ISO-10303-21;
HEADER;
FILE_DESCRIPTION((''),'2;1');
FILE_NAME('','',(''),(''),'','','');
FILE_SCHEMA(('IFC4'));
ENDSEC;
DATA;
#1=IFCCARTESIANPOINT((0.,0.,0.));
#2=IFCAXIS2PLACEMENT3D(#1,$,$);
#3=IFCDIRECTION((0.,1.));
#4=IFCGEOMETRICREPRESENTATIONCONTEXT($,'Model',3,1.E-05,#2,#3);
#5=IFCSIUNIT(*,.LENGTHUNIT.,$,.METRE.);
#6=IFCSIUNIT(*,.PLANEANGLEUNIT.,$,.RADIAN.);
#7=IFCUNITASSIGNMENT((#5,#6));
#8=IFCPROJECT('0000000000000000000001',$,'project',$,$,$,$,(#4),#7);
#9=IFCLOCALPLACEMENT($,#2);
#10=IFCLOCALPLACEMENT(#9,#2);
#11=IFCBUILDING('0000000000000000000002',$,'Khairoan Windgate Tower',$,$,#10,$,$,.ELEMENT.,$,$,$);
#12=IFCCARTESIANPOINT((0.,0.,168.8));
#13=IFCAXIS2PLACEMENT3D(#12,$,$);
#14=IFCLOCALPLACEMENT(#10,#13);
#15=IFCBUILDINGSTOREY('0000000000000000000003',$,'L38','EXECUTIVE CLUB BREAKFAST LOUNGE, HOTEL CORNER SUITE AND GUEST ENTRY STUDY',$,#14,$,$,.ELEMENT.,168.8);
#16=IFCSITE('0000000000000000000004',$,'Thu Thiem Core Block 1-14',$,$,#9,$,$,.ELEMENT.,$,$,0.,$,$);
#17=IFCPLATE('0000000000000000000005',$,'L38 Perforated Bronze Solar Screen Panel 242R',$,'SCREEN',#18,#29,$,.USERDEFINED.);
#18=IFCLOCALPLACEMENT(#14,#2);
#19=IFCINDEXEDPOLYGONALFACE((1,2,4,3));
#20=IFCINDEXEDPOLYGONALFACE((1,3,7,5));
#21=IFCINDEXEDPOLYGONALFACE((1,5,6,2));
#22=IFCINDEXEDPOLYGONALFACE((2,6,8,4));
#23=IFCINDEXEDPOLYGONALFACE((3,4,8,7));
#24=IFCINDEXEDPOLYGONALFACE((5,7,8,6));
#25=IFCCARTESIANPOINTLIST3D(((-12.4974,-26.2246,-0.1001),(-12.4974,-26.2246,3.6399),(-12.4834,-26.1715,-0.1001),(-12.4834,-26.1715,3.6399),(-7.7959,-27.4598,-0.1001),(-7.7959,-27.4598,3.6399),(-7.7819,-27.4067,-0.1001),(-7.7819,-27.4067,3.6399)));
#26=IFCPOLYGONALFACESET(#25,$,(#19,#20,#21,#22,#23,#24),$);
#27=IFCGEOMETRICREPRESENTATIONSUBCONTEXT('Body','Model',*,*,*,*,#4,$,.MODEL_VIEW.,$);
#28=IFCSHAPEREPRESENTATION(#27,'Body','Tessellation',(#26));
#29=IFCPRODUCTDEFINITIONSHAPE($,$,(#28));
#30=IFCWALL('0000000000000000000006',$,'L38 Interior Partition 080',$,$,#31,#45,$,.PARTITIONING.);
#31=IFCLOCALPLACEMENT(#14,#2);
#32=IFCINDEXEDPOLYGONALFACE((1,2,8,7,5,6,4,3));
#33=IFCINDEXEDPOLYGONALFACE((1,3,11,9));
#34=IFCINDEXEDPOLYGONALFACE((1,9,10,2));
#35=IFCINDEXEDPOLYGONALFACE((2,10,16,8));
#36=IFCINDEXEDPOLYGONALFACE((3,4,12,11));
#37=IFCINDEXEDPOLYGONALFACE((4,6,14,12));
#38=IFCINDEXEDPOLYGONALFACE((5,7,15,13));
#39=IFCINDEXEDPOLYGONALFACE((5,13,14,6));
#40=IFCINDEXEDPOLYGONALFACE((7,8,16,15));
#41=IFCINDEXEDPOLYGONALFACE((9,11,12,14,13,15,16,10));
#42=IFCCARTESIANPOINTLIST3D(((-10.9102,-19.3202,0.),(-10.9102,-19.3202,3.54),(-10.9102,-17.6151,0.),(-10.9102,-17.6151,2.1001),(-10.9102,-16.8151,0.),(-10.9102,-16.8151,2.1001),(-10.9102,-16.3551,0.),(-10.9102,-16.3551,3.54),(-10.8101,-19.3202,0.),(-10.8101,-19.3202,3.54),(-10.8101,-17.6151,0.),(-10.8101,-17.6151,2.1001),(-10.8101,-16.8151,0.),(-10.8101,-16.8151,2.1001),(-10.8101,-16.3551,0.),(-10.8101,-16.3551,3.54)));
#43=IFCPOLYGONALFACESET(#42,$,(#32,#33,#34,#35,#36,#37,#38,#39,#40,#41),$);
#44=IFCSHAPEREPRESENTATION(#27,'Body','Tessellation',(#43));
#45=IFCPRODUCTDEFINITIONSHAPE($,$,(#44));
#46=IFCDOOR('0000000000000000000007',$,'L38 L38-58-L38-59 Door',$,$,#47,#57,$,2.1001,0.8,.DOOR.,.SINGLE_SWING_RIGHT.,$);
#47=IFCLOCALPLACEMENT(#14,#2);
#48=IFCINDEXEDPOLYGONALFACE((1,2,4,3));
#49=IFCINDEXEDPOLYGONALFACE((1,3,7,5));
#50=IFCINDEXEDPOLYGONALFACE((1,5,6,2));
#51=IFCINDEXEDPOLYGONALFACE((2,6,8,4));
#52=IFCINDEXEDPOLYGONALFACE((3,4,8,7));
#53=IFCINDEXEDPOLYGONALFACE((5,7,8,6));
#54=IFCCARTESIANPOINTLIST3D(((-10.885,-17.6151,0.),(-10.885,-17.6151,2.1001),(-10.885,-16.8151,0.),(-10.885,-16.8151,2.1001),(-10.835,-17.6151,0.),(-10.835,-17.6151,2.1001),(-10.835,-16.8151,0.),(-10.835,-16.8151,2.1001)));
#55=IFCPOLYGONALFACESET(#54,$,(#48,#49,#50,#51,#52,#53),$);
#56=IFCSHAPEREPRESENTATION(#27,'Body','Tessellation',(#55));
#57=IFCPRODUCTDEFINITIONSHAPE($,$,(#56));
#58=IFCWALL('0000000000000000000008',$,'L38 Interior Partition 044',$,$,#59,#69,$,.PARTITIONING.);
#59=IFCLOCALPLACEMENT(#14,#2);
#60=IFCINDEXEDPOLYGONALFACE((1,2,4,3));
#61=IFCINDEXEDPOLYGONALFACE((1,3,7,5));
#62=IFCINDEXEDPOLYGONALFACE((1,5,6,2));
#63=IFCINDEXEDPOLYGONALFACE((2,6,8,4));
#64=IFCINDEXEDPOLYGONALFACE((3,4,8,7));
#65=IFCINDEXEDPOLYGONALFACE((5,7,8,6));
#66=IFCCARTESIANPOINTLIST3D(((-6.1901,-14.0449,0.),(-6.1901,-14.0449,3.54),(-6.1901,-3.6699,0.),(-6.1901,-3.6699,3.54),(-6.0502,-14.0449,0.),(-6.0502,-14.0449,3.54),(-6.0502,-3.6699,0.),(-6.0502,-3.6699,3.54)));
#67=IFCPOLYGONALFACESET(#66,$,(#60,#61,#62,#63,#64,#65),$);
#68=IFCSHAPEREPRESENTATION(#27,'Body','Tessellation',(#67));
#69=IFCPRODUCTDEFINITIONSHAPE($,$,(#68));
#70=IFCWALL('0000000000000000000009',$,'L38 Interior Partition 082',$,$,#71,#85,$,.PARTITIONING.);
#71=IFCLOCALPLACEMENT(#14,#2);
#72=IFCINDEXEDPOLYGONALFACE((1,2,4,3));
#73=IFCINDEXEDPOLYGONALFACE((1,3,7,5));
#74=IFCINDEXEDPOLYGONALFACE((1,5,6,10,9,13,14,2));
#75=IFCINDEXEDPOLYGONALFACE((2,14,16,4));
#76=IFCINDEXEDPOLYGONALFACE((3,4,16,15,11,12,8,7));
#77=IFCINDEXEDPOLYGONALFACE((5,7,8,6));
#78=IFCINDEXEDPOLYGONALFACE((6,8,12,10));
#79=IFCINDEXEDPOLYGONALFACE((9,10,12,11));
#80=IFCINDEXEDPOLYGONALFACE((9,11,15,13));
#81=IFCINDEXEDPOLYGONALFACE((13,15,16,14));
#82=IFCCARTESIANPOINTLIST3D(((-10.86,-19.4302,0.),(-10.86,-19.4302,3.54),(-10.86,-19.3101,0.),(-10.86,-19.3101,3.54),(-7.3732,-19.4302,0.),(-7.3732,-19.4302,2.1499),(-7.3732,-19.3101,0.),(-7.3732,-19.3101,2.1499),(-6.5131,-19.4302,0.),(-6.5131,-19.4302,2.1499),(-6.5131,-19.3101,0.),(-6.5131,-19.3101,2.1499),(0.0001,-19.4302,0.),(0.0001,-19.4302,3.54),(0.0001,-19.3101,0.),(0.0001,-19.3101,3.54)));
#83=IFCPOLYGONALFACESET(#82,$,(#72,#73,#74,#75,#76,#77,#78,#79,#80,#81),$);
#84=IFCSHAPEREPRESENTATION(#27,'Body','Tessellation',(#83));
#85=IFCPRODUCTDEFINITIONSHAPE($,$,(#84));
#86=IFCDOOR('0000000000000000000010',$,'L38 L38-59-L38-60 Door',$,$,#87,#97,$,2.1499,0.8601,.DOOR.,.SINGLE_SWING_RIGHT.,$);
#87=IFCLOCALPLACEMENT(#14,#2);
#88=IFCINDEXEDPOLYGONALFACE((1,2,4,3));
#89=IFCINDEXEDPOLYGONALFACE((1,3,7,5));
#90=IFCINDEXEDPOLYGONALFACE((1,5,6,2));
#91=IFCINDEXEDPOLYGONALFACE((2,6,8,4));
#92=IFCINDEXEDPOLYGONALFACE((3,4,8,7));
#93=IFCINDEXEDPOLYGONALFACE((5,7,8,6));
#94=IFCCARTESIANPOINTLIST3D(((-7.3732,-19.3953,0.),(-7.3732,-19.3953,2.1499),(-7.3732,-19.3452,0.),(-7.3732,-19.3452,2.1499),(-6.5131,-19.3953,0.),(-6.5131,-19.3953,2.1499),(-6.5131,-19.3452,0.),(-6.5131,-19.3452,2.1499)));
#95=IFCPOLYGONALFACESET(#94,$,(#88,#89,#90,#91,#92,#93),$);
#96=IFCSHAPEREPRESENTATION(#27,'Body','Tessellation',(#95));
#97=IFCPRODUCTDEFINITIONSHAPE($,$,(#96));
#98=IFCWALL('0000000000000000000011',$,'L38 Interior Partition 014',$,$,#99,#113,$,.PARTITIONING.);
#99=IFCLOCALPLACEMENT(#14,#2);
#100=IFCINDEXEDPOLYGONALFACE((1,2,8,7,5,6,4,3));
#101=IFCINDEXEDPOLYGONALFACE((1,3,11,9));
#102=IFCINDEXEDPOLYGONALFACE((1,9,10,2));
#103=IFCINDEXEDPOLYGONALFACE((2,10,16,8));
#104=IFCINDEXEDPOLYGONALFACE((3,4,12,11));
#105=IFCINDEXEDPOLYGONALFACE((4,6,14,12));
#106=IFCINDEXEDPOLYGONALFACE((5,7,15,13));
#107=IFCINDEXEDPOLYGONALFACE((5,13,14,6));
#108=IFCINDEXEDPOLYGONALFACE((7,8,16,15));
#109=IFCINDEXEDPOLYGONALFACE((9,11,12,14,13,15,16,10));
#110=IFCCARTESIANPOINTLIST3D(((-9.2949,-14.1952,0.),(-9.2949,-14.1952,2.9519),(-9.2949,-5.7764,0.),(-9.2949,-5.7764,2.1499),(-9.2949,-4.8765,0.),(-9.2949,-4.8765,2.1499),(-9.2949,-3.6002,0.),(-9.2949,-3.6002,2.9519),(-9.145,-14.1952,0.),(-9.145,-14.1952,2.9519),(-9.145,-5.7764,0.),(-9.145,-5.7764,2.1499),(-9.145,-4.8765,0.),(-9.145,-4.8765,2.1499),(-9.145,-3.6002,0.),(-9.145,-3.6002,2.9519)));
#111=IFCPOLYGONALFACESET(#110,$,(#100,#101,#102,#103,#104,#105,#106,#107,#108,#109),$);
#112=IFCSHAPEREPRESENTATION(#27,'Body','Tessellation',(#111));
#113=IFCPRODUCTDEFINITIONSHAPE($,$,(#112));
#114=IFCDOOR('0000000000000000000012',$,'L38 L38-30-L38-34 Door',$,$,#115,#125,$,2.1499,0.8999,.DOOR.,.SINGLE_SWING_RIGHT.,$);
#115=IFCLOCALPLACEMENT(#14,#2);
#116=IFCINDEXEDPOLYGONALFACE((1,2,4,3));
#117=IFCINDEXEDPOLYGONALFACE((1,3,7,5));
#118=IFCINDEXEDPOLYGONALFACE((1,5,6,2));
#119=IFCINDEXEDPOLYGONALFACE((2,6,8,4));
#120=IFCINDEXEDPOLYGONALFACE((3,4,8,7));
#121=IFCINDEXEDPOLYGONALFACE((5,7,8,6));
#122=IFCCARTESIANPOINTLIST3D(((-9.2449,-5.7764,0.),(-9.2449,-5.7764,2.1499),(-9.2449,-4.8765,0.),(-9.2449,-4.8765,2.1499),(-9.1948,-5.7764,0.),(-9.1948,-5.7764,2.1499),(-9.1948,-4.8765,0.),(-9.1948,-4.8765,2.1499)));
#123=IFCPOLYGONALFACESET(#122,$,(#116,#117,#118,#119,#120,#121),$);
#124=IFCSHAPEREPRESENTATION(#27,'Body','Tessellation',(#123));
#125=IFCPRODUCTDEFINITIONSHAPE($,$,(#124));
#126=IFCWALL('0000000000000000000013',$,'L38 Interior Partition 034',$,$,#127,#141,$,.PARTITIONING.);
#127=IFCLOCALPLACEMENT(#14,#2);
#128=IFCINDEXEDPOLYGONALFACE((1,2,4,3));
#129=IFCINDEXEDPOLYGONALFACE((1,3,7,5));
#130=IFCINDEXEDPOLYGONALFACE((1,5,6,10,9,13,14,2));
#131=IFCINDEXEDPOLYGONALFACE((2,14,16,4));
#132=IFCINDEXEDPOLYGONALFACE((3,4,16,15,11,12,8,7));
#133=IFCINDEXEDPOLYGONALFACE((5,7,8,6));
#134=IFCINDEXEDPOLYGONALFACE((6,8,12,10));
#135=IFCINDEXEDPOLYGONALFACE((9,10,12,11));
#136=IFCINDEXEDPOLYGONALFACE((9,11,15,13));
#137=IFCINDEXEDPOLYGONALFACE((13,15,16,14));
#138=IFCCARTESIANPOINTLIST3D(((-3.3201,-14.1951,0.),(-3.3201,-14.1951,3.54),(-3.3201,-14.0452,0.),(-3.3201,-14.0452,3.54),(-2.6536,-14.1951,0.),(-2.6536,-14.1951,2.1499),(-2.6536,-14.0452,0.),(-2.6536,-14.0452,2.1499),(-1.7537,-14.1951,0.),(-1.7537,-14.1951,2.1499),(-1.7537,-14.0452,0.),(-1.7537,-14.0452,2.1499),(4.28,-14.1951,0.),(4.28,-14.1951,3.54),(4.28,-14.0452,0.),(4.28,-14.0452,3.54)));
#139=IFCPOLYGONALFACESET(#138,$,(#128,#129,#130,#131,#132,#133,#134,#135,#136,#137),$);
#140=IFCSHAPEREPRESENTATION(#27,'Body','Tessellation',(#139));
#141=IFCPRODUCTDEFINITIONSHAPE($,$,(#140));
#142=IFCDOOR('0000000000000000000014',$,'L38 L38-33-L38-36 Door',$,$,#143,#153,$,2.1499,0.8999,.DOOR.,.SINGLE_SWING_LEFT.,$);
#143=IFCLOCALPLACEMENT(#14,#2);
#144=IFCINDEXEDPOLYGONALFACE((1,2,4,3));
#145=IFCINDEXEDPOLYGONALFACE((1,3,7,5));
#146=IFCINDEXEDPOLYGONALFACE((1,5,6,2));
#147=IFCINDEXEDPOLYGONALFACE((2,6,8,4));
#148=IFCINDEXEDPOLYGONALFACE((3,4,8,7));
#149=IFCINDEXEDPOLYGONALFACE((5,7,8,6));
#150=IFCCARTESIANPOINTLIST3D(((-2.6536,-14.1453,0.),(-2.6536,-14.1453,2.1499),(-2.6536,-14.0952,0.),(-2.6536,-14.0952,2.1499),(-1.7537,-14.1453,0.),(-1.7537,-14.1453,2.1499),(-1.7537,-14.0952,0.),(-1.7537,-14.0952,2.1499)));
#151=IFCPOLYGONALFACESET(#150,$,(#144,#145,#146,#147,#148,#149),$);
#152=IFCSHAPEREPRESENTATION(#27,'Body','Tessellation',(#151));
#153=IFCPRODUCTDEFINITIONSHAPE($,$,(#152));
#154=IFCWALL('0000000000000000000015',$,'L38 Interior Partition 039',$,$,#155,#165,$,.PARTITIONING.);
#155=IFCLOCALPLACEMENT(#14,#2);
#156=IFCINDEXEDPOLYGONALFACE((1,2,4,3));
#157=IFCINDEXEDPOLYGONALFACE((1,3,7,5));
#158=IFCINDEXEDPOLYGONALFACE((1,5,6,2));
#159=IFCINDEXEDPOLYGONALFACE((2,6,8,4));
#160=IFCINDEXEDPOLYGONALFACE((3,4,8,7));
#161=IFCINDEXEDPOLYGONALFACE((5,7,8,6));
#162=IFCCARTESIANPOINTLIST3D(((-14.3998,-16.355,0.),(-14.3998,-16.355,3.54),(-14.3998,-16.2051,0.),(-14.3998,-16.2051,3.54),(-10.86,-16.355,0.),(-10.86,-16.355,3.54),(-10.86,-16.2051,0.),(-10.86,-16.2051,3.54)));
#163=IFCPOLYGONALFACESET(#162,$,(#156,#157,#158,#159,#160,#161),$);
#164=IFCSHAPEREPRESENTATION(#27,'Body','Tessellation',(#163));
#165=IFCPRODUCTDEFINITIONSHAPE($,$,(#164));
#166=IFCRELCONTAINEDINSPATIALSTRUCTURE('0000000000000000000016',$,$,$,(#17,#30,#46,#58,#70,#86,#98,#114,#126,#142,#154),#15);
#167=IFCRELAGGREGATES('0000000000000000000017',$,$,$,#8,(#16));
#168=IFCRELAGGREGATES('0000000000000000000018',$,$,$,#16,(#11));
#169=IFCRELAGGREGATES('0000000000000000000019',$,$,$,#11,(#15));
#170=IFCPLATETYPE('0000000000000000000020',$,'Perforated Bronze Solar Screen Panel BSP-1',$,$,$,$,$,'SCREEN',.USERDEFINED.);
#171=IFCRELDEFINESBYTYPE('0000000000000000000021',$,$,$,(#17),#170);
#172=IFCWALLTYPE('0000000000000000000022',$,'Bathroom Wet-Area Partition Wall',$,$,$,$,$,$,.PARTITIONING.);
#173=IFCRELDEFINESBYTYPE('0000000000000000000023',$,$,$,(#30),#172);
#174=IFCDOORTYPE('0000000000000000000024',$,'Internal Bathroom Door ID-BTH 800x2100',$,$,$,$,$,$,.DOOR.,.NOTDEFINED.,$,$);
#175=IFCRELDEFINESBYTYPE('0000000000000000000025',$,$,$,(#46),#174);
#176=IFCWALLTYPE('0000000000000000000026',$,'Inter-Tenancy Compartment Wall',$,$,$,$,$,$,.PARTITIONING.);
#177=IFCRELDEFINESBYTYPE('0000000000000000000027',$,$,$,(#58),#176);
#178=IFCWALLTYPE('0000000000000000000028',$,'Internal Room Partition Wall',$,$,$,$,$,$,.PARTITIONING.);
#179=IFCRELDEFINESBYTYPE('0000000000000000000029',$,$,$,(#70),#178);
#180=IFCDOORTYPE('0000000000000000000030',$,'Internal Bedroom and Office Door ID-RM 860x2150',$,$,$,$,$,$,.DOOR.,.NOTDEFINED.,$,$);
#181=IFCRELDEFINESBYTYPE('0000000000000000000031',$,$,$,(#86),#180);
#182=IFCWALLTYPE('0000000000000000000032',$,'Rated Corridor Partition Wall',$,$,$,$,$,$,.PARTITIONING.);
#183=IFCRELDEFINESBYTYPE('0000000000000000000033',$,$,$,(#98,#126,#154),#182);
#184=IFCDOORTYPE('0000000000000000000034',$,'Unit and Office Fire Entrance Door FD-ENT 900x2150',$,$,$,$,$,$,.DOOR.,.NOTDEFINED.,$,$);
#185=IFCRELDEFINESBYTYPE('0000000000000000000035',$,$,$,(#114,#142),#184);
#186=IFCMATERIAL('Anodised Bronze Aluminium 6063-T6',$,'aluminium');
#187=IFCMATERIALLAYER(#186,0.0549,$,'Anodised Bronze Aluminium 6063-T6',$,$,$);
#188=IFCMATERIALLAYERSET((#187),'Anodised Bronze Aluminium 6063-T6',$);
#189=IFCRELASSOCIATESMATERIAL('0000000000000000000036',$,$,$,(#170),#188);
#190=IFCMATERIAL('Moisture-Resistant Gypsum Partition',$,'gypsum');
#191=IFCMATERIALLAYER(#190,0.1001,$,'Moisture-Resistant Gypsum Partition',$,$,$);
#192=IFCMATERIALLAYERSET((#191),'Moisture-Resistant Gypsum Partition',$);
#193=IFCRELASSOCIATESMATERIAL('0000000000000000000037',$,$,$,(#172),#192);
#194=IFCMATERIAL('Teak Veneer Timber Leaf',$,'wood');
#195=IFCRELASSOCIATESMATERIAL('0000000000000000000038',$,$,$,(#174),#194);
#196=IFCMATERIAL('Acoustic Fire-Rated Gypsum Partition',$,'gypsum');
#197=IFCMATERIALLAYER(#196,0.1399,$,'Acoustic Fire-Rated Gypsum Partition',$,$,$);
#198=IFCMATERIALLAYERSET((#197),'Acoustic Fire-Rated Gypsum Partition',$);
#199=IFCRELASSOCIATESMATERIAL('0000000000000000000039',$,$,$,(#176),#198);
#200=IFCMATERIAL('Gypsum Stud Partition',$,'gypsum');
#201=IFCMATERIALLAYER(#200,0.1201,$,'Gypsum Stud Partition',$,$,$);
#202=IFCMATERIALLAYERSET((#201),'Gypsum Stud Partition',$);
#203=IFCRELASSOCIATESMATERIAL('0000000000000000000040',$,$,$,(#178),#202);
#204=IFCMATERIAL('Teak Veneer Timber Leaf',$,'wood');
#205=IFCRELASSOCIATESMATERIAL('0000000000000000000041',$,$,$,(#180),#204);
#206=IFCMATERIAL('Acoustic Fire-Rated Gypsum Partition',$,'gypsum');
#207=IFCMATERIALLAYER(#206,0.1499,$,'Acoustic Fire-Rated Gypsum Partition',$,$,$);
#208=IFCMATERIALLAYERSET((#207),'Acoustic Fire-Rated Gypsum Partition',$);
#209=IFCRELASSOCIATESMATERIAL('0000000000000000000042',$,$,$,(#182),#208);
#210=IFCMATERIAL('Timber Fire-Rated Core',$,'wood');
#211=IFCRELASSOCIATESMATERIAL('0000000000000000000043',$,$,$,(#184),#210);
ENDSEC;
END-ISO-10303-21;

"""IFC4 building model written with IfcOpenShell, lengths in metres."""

from ifc_helpers import new_model, si_unit, direction, frame, frame_2d, origin, origin_2d, place, context, subcontext, project, spatial, rectangle, extrude, material, layer, layer_set, type_object, element, fill, save


model = new_model("IFC4")

# Units and contexts
model_context = context("Model", 3, precision=1e-05, world=origin(), true_north=direction((0.0, 1.0)))
body_context = subcontext(model_context, "Body", "Model", "MODEL_VIEW")
ifc_project = project(units=[si_unit("LENGTHUNIT", "METRE"), si_unit("PLANEANGLEUNIT", "RADIAN")], contexts=[model_context])

# Site, building, storey
site_placement = place(None, origin())
site = spatial("IfcSite", under=ifc_project, at=site_placement, Name="Thu Thiem Core Block 1-14", CompositionType="ELEMENT", RefElevation=0.0)
building_placement = place(site_placement, origin())
building = spatial("IfcBuilding", under=site, at=building_placement, Name="Khairoan Windgate Tower", CompositionType="ELEMENT")
storey_placement = place(building_placement, frame((0.0, 0.0, 168.8)))
storey = spatial("IfcBuildingStorey", under=building, at=storey_placement, Name="L38", Description="EXECUTIVE CLUB BREAKFAST LOUNGE, HOTEL CORNER SUITE AND GUEST ENTRY STUDY", CompositionType="ELEMENT", Elevation=168.8)

# Plate
ifc_material_1 = material(Name="Anodised Bronze Aluminium 6063-T6", Category="aluminium")
ifc_layer_1 = layer(ifc_material_1, 0.0549, Name="Anodised Bronze Aluminium 6063-T6")
ifc_layer_set_1 = layer_set([ifc_layer_1], Name="Anodised Bronze Aluminium 6063-T6")
plate_type = type_object("IfcPlateType", Name="Perforated Bronze Solar Screen Panel BSP-1", ElementType="SCREEN", PredefinedType="USERDEFINED", material=ifc_layer_set_1)
plate_placement = place(storey_placement, frame((-10.1396, -26.8157, -0.1001), z_axis=(0.0, 0.0, 1.0), x_axis=(-0.967179, 0.254096, 0.0)))
element("IfcPlate", 1, at=plate_placement, inside=storey, type_object=plate_type, Name="L38 Perforated Bronze Solar Screen Panel 242R", ObjectType="SCREEN", PredefinedType="USERDEFINED", context=body_context, shape_type="SweptSolid", body=[
    extrude(rectangle(XDim=4.8611, YDim=0.0549, at=origin_2d()), origin(), (0.0, 0.0, 1.0), 3.74),
])

# Wall, opening, door
ifc_material_2 = material(Name="Moisture-Resistant Gypsum Partition", Category="gypsum")
ifc_layer_2 = layer(ifc_material_2, 0.1001, Name="Moisture-Resistant Gypsum Partition")
ifc_layer_set_2 = layer_set([ifc_layer_2], Name="Moisture-Resistant Gypsum Partition")
wall_type_1 = type_object("IfcWallType", Name="Bathroom Wet-Area Partition Wall", PredefinedType="PARTITIONING", material=ifc_layer_set_2)
wall_1_placement = place(storey_placement, frame((-10.8601, -19.3201, 0.0), z_axis=(0.0, 0.0, 1.0), x_axis=(0.0, 1.0, 0.0)))
wall_1 = element("IfcWall", 2, at=wall_1_placement, inside=storey, type_object=wall_type_1, Name="L38 Interior Partition 080", PredefinedType="PARTITIONING", context=body_context, shape_type="SweptSolid", body=[
    extrude(rectangle(XDim=2.9651, YDim=0.1001, at=frame_2d((1.4824, 0.0))), origin(), (0.0, 0.0, 1.0), 3.54),
])
opening_1_placement = place(wall_1_placement, frame((1.7051, 0.0, 0.0)))
opening_1 = element("IfcOpeningElement", 3, at=opening_1_placement, cuts=wall_1, PredefinedType="OPENING", context=body_context, shape_type="SweptSolid", body=[
    extrude(rectangle(XDim=0.8, YDim=2.1001, at=frame_2d((0.3999, 1.05))), frame((0.0, 0.0601, 0.0), z_axis=(0.0, -1.0, 0.0), x_axis=(1.0, 0.0, 0.0)), (0.0, 0.0, 1.0), 0.1201),
])
ifc_material_3 = material(Name="Teak Veneer Timber Leaf", Category="wood")
door_type_1 = type_object("IfcDoorType", Name="Internal Bathroom Door ID-BTH 800x2100", OperationType="NOTDEFINED", PredefinedType="DOOR", material=ifc_material_3)
door_1_placement = place(opening_1_placement, origin())
door_1 = element("IfcDoor", 4, at=door_1_placement, inside=storey, type_object=door_type_1, Name="L38 L38-58-L38-59 Door", OperationType="SINGLE_SWING_RIGHT", OverallHeight=2.1001, OverallWidth=0.8, PredefinedType="DOOR", context=body_context, shape_type="SweptSolid", body=[
    extrude(rectangle(XDim=0.8, YDim=2.1001, at=frame_2d((0.3999, 1.05))), frame((0.0, 0.0249, 0.0), z_axis=(0.0, -1.0, 0.0), x_axis=(1.0, 0.0, 0.0)), (0.0, 0.0, 1.0), 0.05),
])
fill(opening_1, door_1)

# Wall
ifc_material_4 = material(Name="Acoustic Fire-Rated Gypsum Partition", Category="gypsum")
ifc_layer_3 = layer(ifc_material_4, 0.1399, Name="Acoustic Fire-Rated Gypsum Partition")
ifc_layer_set_3 = layer_set([ifc_layer_3], Name="Acoustic Fire-Rated Gypsum Partition")
wall_type_2 = type_object("IfcWallType", Name="Inter-Tenancy Compartment Wall", PredefinedType="PARTITIONING", material=ifc_layer_set_3)
wall_2_placement = place(storey_placement, frame((-6.1201, -14.0449, 0.0), z_axis=(0.0, 0.0, 1.0), x_axis=(0.0, 1.0, 0.0)))
element("IfcWall", 5, at=wall_2_placement, inside=storey, type_object=wall_type_2, Name="L38 Interior Partition 044", PredefinedType="PARTITIONING", context=body_context, shape_type="SweptSolid", body=[
    extrude(rectangle(XDim=10.375, YDim=0.1399, at=frame_2d((5.1875, 0.0))), origin(), (0.0, 0.0, 1.0), 3.54),
])

# Walls, openings, doors
ifc_material_5 = material(Name="Gypsum Stud Partition", Category="gypsum")
ifc_layer_4 = layer(ifc_material_5, 0.1201, Name="Gypsum Stud Partition")
ifc_layer_set_4 = layer_set([ifc_layer_4], Name="Gypsum Stud Partition")
wall_type_3 = type_object("IfcWallType", Name="Internal Room Partition Wall", PredefinedType="PARTITIONING", material=ifc_layer_set_4)
wall_3_placement = place(storey_placement, frame((-10.8601, -19.3701, 0.0), z_axis=(0.0, 0.0, 1.0), x_axis=(1.0, 0.0, 0.0)))
wall_3 = element("IfcWall", 6, at=wall_3_placement, inside=storey, type_object=wall_type_3, Name="L38 Interior Partition 082", PredefinedType="PARTITIONING", context=body_context, shape_type="SweptSolid", body=[
    extrude(rectangle(XDim=10.8601, YDim=0.1201, at=frame_2d((5.4302, 0.0))), origin(), (0.0, 0.0, 1.0), 3.54),
])
opening_2_placement = place(wall_3_placement, frame((3.4868, 0.0, 0.0)))
opening_2 = element("IfcOpeningElement", 7, at=opening_2_placement, cuts=wall_3, PredefinedType="OPENING", context=body_context, shape_type="SweptSolid", body=[
    extrude(rectangle(XDim=0.8601, YDim=2.1499, at=frame_2d((0.4302, 1.075))), frame((0.0, 0.0701, 0.0), z_axis=(0.0, -1.0, 0.0), x_axis=(1.0, 0.0, 0.0)), (0.0, 0.0, 1.0), 0.1401),
])
ifc_material_6 = material(Name="Teak Veneer Timber Leaf", Category="wood")
door_type_2 = type_object("IfcDoorType", Name="Internal Bedroom and Office Door ID-RM 860x2150", OperationType="NOTDEFINED", PredefinedType="DOOR", material=ifc_material_6)
door_2_placement = place(opening_2_placement, origin())
door_2 = element("IfcDoor", 8, at=door_2_placement, inside=storey, type_object=door_type_2, Name="L38 L38-59-L38-60 Door", OperationType="SINGLE_SWING_RIGHT", OverallHeight=2.1499, OverallWidth=0.8601, PredefinedType="DOOR", context=body_context, shape_type="SweptSolid", body=[
    extrude(rectangle(XDim=0.8601, YDim=2.1499, at=frame_2d((0.4302, 1.075))), frame((0.0, 0.0249, 0.0), z_axis=(0.0, -1.0, 0.0), x_axis=(1.0, 0.0, 0.0)), (0.0, 0.0, 1.0), 0.05),
])
fill(opening_2, door_2)
ifc_material_7 = material(Name="Acoustic Fire-Rated Gypsum Partition", Category="gypsum")
ifc_layer_5 = layer(ifc_material_7, 0.1499, Name="Acoustic Fire-Rated Gypsum Partition")
ifc_layer_set_5 = layer_set([ifc_layer_5], Name="Acoustic Fire-Rated Gypsum Partition")
wall_type_4 = type_object("IfcWallType", Name="Rated Corridor Partition Wall", PredefinedType="PARTITIONING", material=ifc_layer_set_5)
wall_4_placement = place(storey_placement, frame((-9.22, -14.1951, 0.0), z_axis=(0.0, 0.0, 1.0), x_axis=(0.0, 1.0, 0.0)))
wall_4 = element("IfcWall", 9, at=wall_4_placement, inside=storey, type_object=wall_type_4, Name="L38 Interior Partition 014", PredefinedType="PARTITIONING", context=body_context, shape_type="SweptSolid", body=[
    extrude(rectangle(XDim=10.595, YDim=0.1499, at=frame_2d((5.2974, 0.0))), origin(), (0.0, 0.0, 1.0), 2.9519),
])
opening_3_placement = place(wall_4_placement, frame((8.4187, 0.0, 0.0)))
opening_3 = element("IfcOpeningElement", 10, at=opening_3_placement, cuts=wall_4, PredefinedType="OPENING", context=body_context, shape_type="SweptSolid", body=[
    extrude(rectangle(XDim=0.8999, YDim=2.1499, at=frame_2d((0.45, 1.075))), frame((0.0, 0.085, 0.0), z_axis=(0.0, -1.0, 0.0), x_axis=(1.0, 0.0, 0.0)), (0.0, 0.0, 1.0), 0.1699),
])
ifc_material_8 = material(Name="Timber Fire-Rated Core", Category="wood")
door_type_3 = type_object("IfcDoorType", Name="Unit and Office Fire Entrance Door FD-ENT 900x2150", OperationType="NOTDEFINED", PredefinedType="DOOR", material=ifc_material_8)
door_3_placement = place(opening_3_placement, origin())
door_3 = element("IfcDoor", 11, at=door_3_placement, inside=storey, type_object=door_type_3, Name="L38 L38-30-L38-34 Door", OperationType="SINGLE_SWING_RIGHT", OverallHeight=2.1499, OverallWidth=0.8999, PredefinedType="DOOR", context=body_context, shape_type="SweptSolid", body=[
    extrude(rectangle(XDim=0.8999, YDim=2.1499, at=frame_2d((0.45, 1.075))), frame((0.0, 0.0249, 0.0), z_axis=(0.0, -1.0, 0.0), x_axis=(1.0, 0.0, 0.0)), (0.0, 0.0, 1.0), 0.05),
])
fill(opening_3, door_3)
wall_5_placement = place(storey_placement, frame((-3.3201, -14.1201, 0.0), z_axis=(0.0, 0.0, 1.0), x_axis=(1.0, 0.0, 0.0)))
wall_5 = element("IfcWall", 12, at=wall_5_placement, inside=storey, type_object=wall_type_4, Name="L38 Interior Partition 034", PredefinedType="PARTITIONING", context=body_context, shape_type="SweptSolid", body=[
    extrude(rectangle(XDim=7.6001, YDim=0.1499, at=frame_2d((3.8, 0.0))), origin(), (0.0, 0.0, 1.0), 3.54),
])
opening_4_placement = place(wall_5_placement, frame((0.6665, 0.0, 0.0)))
opening_4 = element("IfcOpeningElement", 13, at=opening_4_placement, cuts=wall_5, PredefinedType="OPENING", context=body_context, shape_type="SweptSolid", body=[
    extrude(rectangle(XDim=0.8999, YDim=2.1499, at=frame_2d((0.45, 1.075))), frame((0.0, 0.085, 0.0), z_axis=(0.0, -1.0, 0.0), x_axis=(1.0, 0.0, 0.0)), (0.0, 0.0, 1.0), 0.1699),
])
door_4_placement = place(opening_4_placement, origin())
door_4 = element("IfcDoor", 14, at=door_4_placement, inside=storey, type_object=door_type_3, Name="L38 L38-33-L38-36 Door", OperationType="SINGLE_SWING_LEFT", OverallHeight=2.1499, OverallWidth=0.8999, PredefinedType="DOOR", context=body_context, shape_type="SweptSolid", body=[
    extrude(rectangle(XDim=0.8999, YDim=2.1499, at=frame_2d((0.45, 1.075))), frame((0.0, 0.0249, 0.0), z_axis=(0.0, -1.0, 0.0), x_axis=(1.0, 0.0, 0.0)), (0.0, 0.0, 1.0), 0.05),
])
fill(opening_4, door_4)

# Wall
wall_6_placement = place(storey_placement, frame((-14.3999, -16.28, 0.0), z_axis=(0.0, 0.0, 1.0), x_axis=(1.0, 0.0, 0.0)))
element("IfcWall", 15, at=wall_6_placement, inside=storey, type_object=wall_type_4, Name="L38 Interior Partition 039", PredefinedType="PARTITIONING", context=body_context, shape_type="SweptSolid", body=[
    extrude(rectangle(XDim=3.5398, YDim=0.1499, at=frame_2d((1.77, 0.0))), origin(), (0.0, 0.0, 1.0), 3.54),
])

save(model, "model.ifc")
